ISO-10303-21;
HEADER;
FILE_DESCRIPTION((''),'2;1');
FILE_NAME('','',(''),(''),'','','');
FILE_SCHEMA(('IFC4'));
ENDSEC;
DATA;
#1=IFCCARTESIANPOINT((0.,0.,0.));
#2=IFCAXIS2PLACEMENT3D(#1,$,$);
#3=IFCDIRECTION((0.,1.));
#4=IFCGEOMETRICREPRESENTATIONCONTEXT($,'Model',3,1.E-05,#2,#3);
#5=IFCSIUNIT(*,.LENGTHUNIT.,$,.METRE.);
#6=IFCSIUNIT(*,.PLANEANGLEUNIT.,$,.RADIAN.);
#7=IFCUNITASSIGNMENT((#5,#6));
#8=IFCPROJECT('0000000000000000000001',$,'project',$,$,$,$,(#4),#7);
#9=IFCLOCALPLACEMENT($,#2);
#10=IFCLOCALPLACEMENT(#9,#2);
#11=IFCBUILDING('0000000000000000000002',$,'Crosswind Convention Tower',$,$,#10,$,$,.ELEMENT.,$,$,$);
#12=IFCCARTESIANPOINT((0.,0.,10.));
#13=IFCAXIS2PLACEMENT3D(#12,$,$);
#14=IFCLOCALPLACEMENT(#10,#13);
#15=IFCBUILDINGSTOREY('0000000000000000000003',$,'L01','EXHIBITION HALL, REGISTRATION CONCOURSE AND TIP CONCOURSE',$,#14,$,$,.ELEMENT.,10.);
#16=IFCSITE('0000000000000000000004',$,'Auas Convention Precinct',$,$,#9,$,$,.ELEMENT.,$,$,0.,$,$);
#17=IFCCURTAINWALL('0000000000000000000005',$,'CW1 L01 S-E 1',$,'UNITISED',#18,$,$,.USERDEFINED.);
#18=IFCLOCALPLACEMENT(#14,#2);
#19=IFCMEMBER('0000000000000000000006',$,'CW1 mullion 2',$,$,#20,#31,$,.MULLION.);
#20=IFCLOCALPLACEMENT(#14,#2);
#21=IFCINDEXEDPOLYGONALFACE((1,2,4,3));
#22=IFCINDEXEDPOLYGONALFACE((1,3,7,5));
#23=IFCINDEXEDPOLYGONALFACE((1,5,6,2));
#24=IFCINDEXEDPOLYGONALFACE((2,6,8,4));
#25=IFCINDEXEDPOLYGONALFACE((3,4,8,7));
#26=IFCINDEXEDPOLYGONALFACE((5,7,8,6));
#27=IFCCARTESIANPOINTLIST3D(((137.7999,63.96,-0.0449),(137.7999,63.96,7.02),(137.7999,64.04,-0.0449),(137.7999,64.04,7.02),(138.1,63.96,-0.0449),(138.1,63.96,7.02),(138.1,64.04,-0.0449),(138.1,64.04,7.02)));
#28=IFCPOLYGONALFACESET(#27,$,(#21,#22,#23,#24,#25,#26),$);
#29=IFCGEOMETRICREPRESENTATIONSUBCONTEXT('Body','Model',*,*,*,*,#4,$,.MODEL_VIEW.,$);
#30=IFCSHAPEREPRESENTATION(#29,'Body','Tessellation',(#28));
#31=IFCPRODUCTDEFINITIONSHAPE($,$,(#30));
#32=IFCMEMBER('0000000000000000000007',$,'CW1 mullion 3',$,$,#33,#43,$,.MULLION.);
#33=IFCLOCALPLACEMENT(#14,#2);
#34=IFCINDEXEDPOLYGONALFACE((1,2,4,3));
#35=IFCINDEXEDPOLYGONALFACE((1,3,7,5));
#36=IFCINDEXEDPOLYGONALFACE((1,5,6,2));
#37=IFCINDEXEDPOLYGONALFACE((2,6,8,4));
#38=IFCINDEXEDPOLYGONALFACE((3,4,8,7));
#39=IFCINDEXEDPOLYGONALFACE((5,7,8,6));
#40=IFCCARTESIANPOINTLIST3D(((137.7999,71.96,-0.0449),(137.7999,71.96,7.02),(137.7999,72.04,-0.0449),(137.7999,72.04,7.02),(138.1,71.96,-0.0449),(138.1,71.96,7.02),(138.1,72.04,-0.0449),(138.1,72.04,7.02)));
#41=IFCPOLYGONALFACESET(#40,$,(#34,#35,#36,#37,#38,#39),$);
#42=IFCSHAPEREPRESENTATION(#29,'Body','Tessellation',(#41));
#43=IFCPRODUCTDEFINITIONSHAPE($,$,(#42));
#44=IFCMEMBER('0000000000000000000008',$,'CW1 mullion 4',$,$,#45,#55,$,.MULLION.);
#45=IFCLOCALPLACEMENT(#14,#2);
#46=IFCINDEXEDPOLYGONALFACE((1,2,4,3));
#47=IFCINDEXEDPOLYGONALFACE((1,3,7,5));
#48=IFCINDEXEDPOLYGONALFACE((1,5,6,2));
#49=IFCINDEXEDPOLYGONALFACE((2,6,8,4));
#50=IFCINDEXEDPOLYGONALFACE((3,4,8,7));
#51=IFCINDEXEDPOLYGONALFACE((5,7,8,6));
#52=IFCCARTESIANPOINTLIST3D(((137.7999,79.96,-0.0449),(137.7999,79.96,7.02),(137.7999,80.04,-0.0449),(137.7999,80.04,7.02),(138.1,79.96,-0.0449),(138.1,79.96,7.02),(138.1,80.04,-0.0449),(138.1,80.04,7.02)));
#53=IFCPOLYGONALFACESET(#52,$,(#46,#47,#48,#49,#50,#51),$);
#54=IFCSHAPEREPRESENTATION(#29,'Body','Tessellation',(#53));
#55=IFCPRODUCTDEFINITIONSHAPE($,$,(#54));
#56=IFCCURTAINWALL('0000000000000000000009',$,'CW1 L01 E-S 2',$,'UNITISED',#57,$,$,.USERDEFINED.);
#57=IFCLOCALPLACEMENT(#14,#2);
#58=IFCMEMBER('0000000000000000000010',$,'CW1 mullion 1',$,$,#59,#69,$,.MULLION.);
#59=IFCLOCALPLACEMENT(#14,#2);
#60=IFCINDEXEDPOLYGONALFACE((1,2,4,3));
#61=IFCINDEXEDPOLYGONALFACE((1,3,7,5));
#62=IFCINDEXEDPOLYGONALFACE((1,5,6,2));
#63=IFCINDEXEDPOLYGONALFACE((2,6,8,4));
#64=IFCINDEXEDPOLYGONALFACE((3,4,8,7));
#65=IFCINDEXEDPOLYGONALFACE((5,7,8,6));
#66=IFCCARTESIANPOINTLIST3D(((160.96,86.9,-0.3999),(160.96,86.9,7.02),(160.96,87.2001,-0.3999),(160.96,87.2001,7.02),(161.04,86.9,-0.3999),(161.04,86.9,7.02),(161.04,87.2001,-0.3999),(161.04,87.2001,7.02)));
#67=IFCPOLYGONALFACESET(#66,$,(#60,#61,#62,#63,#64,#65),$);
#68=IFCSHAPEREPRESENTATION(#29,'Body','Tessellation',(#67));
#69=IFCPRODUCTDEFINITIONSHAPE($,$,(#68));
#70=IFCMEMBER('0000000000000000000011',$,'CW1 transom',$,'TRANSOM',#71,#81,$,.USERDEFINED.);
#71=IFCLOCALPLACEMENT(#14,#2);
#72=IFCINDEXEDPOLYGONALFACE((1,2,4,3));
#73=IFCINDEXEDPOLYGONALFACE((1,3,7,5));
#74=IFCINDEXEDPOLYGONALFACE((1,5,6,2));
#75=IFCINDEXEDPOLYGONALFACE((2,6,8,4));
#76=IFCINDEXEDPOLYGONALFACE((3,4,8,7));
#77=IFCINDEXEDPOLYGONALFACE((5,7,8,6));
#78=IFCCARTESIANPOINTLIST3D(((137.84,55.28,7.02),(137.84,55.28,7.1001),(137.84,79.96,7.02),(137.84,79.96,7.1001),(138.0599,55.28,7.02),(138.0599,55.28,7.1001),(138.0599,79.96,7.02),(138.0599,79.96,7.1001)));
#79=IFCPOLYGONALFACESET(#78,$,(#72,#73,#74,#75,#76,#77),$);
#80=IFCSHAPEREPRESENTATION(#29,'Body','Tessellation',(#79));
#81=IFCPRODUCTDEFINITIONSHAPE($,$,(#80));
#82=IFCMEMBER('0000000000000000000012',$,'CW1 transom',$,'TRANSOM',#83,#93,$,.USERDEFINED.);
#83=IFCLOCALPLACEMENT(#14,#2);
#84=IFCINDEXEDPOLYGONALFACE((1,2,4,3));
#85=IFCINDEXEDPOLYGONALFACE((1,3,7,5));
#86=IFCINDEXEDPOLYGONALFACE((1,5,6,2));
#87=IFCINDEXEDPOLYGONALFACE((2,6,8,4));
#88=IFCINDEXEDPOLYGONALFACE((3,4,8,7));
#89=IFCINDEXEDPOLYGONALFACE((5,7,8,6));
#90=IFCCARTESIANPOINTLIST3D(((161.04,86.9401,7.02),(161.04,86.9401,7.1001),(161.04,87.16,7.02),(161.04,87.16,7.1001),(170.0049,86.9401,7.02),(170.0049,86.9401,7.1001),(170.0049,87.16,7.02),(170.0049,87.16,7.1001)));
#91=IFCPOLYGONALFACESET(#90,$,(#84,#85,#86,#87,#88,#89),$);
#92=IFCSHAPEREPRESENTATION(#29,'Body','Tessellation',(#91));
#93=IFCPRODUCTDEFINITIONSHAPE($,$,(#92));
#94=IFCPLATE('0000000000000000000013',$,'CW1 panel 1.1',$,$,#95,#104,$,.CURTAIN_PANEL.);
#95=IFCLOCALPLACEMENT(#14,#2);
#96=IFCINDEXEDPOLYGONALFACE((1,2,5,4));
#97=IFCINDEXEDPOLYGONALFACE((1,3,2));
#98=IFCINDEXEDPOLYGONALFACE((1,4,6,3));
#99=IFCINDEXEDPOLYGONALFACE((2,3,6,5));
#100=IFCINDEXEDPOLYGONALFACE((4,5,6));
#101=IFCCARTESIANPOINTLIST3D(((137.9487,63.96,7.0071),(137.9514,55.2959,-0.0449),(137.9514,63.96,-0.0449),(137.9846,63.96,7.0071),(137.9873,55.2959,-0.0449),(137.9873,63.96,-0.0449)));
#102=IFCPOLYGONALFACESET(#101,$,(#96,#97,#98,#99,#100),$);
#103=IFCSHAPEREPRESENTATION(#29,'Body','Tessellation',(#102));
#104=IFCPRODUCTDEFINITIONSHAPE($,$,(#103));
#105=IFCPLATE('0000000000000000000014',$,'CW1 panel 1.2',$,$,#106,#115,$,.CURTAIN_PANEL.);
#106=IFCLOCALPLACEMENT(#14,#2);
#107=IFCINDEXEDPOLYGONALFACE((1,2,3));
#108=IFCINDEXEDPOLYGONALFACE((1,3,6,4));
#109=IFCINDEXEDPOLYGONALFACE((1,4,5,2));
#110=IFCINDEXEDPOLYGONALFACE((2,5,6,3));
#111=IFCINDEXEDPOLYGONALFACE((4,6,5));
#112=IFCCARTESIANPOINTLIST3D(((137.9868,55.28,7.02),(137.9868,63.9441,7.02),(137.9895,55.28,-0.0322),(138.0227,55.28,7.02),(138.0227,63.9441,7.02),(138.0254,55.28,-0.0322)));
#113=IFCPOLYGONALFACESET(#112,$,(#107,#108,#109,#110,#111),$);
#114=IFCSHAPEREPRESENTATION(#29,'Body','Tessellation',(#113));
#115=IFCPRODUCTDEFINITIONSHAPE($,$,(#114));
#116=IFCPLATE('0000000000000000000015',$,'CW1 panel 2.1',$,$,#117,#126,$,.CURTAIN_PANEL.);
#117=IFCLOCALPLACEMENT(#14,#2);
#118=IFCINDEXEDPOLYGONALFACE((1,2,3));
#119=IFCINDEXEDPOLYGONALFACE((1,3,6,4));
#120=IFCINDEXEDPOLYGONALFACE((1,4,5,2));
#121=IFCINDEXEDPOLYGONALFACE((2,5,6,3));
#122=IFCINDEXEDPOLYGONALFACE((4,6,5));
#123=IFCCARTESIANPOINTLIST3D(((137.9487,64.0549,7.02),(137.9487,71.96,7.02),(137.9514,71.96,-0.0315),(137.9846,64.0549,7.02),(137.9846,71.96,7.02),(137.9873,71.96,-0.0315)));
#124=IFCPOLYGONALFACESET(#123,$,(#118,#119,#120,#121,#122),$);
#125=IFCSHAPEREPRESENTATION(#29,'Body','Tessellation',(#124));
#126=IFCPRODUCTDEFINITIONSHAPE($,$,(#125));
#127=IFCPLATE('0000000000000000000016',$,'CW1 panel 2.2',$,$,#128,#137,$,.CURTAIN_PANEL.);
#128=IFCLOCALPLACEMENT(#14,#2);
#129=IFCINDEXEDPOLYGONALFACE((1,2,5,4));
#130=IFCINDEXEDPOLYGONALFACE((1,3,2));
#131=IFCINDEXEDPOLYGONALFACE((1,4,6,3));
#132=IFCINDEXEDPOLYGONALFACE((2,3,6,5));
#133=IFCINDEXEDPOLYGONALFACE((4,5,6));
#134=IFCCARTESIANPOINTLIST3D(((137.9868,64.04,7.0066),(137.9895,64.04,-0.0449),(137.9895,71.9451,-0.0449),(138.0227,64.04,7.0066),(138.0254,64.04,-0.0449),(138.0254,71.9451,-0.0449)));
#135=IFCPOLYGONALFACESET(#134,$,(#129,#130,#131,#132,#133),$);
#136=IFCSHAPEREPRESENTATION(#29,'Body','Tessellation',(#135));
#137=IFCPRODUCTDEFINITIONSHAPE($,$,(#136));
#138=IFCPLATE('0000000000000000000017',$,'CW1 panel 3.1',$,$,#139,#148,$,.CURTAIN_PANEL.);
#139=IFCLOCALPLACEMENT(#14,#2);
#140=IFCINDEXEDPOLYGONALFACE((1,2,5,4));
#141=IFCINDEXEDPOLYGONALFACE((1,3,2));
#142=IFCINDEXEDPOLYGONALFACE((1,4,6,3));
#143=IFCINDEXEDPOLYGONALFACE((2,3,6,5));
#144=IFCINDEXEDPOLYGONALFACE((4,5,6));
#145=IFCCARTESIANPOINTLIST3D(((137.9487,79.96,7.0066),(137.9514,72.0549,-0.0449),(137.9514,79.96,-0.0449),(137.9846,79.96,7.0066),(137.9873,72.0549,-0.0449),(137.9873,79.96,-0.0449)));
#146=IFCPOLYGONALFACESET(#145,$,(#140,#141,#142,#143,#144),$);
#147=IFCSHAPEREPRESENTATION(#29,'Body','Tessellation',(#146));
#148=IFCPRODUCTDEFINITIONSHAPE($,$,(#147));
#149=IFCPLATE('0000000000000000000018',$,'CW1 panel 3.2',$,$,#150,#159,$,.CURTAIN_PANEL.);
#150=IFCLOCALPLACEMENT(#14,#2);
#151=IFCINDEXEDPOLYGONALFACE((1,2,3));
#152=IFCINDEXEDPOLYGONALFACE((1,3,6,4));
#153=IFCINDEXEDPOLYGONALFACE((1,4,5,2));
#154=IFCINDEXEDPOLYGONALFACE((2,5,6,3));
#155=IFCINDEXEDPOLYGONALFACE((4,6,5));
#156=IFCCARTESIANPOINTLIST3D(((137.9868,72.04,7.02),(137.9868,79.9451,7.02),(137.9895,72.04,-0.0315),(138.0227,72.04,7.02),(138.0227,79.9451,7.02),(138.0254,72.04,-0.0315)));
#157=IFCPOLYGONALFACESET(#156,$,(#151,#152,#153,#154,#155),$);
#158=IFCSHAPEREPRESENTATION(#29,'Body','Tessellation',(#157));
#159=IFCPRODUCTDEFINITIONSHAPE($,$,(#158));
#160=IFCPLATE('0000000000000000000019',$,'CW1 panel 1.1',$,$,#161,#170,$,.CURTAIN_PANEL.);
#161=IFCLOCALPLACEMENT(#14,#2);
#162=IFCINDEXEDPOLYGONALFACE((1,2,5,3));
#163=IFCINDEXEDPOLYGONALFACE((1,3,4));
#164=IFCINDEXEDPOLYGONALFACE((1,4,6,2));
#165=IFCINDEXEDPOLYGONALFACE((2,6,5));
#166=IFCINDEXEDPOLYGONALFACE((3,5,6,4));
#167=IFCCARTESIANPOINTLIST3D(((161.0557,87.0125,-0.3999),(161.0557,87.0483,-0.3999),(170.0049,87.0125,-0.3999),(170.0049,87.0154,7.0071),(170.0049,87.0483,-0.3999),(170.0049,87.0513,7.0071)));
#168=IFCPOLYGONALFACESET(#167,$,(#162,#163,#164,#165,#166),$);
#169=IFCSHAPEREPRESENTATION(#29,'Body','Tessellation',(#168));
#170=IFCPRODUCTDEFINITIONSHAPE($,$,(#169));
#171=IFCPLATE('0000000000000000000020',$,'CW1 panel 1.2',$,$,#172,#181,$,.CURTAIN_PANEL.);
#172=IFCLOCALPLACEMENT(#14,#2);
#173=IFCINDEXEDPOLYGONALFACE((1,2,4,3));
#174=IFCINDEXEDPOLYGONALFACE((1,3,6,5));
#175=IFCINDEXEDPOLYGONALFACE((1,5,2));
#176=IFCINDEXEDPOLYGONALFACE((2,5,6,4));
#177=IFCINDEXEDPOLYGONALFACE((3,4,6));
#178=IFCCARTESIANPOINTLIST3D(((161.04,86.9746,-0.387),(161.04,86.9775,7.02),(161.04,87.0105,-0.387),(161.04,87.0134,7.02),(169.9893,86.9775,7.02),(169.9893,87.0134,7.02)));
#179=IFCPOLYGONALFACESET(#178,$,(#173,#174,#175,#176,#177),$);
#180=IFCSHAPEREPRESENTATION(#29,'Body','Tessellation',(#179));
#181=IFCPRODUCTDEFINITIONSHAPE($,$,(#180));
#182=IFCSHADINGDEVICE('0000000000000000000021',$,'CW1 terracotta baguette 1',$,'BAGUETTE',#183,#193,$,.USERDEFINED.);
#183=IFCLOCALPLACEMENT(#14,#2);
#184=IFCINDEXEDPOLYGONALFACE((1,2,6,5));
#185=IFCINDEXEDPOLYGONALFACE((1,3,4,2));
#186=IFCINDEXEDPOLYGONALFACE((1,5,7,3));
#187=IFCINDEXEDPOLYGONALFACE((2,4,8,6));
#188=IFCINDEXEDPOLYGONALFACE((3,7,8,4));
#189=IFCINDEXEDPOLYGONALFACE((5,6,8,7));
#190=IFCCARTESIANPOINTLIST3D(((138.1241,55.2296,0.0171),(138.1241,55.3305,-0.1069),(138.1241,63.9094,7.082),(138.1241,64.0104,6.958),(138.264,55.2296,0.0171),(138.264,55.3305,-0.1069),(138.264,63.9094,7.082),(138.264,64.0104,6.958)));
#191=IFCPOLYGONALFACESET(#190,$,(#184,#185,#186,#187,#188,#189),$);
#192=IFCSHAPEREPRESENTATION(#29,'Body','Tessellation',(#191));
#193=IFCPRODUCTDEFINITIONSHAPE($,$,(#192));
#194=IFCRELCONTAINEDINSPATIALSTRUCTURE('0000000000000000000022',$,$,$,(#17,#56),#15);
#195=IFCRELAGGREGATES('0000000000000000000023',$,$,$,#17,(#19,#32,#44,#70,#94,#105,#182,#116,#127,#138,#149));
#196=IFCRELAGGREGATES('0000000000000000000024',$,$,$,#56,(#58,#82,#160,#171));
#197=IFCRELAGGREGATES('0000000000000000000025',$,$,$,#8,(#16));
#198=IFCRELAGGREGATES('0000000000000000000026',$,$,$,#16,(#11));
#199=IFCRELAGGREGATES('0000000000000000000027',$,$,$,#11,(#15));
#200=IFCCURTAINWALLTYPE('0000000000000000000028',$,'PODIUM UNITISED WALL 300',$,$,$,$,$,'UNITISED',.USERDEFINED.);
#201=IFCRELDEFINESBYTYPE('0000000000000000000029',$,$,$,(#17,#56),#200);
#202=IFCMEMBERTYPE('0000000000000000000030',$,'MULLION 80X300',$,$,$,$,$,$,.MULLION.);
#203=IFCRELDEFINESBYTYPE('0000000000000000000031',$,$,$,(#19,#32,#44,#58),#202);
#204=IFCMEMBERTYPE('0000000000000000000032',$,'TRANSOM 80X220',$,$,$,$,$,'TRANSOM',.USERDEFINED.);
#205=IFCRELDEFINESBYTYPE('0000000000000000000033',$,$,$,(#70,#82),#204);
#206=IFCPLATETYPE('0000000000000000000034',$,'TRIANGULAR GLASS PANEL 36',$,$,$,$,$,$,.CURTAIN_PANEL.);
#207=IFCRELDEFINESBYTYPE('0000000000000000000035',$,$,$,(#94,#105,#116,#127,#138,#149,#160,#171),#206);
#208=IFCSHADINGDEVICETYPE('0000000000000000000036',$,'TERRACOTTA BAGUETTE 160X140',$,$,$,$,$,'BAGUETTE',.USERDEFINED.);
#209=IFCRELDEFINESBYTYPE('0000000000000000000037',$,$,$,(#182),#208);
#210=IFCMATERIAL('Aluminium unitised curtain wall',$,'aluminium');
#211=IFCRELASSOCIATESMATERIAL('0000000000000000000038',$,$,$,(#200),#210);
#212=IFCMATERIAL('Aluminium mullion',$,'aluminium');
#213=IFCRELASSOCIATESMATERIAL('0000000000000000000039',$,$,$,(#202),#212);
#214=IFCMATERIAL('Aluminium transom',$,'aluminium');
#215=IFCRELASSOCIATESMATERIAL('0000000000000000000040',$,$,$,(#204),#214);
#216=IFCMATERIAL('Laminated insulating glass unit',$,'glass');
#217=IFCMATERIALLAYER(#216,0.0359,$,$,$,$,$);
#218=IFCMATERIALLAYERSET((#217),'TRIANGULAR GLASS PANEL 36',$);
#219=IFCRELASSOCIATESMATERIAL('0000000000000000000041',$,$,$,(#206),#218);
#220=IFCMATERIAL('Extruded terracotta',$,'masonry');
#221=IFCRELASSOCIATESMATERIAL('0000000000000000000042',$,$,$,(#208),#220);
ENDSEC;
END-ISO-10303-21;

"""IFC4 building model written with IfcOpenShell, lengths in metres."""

from ifc_helpers import new_model, si_unit, direction, frame, origin, origin_2d, place, context, subcontext, project, spatial, polyline, rectangle, outline, extrude, material, layer, layer_set, material_profile, profile_set, type_object, element, aggregate, save


model = new_model("IFC4")

# Units and contexts
model_context = context("Model", 3, precision=1e-05, world=origin(), true_north=direction((0.0, 1.0)))
body_context = subcontext(model_context, "Body", "Model", "MODEL_VIEW")
ifc_project = project(units=[si_unit("LENGTHUNIT", "METRE"), si_unit("PLANEANGLEUNIT", "RADIAN")], contexts=[model_context])

# Site, building, storey
site_placement = place(None, origin())
site = spatial("IfcSite", under=ifc_project, at=site_placement, Name="Auas Convention Precinct", CompositionType="ELEMENT", RefElevation=0.0)
building_placement = place(site_placement, origin())
building = spatial("IfcBuilding", under=site, at=building_placement, Name="Crosswind Convention Tower", CompositionType="ELEMENT")
storey_placement = place(building_placement, frame((0.0, 0.0, 10.0)))
storey = spatial("IfcBuildingStorey", under=building, at=storey_placement, Name="L01", Description="EXHIBITION HALL, REGISTRATION CONCOURSE AND TIP CONCOURSE", CompositionType="ELEMENT", Elevation=10.0)

# Curtain wall, members
ifc_material_1 = material(Name="Aluminium unitised curtain wall", Category="aluminium")
curtain_wall_type = type_object("IfcCurtainWallType", Name="PODIUM UNITISED WALL 300", ElementType="UNITISED", PredefinedType="USERDEFINED", material=ifc_material_1)
curtain_wall_1_placement = place(storey_placement, origin())
curtain_wall_1 = element("IfcCurtainWall", 1, at=curtain_wall_1_placement, inside=storey, type_object=curtain_wall_type, Name="CW1 L01 S-E 1", ObjectType="UNITISED", PredefinedType="USERDEFINED")
ifc_material_2 = material(Name="Aluminium mullion", Category="aluminium")
ifc_material_profile_1 = material_profile(ifc_material_2, rectangle(XDim=0.3, YDim=0.0801, at=origin_2d()), Name="AL 300X80")
ifc_profile_set_1 = profile_set([ifc_material_profile_1], Name="Aluminium mullion")
member_type_1 = type_object("IfcMemberType", Name="MULLION 80X300", PredefinedType="MULLION", material=ifc_profile_set_1)
member_1_placement = place(storey_placement, frame((137.95, 64.0, -0.0449), z_axis=(0.0, 0.0, 1.0), x_axis=(1.0, 0.0, 0.0)))
member_1 = element("IfcMember", 2, at=member_1_placement, type_object=member_type_1, Name="CW1 mullion 2", PredefinedType="MULLION", context=body_context, shape_type="SweptSolid", body=[
    extrude(rectangle(XDim=0.3, YDim=0.0801, at=origin_2d()), origin(), (0.0, 0.0, 1.0), 7.0649),
])
member_2_placement = place(storey_placement, frame((137.95, 72.0, -0.0449), z_axis=(0.0, 0.0, 1.0), x_axis=(1.0, 0.0, 0.0)))
member_2 = element("IfcMember", 3, at=member_2_placement, type_object=member_type_1, Name="CW1 mullion 3", PredefinedType="MULLION", context=body_context, shape_type="SweptSolid", body=[
    extrude(rectangle(XDim=0.3, YDim=0.0801, at=origin_2d()), origin(), (0.0, 0.0, 1.0), 7.0649),
])
member_3_placement = place(storey_placement, frame((137.95, 80.0, -0.0449), z_axis=(0.0, 0.0, 1.0), x_axis=(1.0, 0.0, 0.0)))
member_3 = element("IfcMember", 4, at=member_3_placement, type_object=member_type_1, Name="CW1 mullion 4", PredefinedType="MULLION", context=body_context, shape_type="SweptSolid", body=[
    extrude(rectangle(XDim=0.3, YDim=0.0801, at=origin_2d()), origin(), (0.0, 0.0, 1.0), 7.0649),
])

# Curtain wall, member
curtain_wall_2_placement = place(storey_placement, origin())
curtain_wall_2 = element("IfcCurtainWall", 5, at=curtain_wall_2_placement, inside=storey, type_object=curtain_wall_type, Name="CW1 L01 E-S 2", ObjectType="UNITISED", PredefinedType="USERDEFINED")
member_4_placement = place(storey_placement, frame((161.0, 87.05, -0.3999), z_axis=(0.0, 0.0, 1.0), x_axis=(0.0, -1.0, 0.0)))
member_4 = element("IfcMember", 6, at=member_4_placement, type_object=member_type_1, Name="CW1 mullion 1", PredefinedType="MULLION", context=body_context, shape_type="SweptSolid", body=[
    extrude(rectangle(XDim=0.3, YDim=0.0801, at=origin_2d()), origin(), (0.0, 0.0, 1.0), 7.4199),
])

# Members
ifc_material_3 = material(Name="Aluminium transom", Category="aluminium")
ifc_material_profile_2 = material_profile(ifc_material_3, rectangle(XDim=0.22, YDim=0.0801, at=origin_2d()), Name="AL 220X80")
ifc_profile_set_2 = profile_set([ifc_material_profile_2], Name="Aluminium transom")
member_type_2 = type_object("IfcMemberType", Name="TRANSOM 80X220", ElementType="TRANSOM", PredefinedType="USERDEFINED", material=ifc_profile_set_2)
member_5_placement = place(storey_placement, frame((137.95, 55.28, 7.0601), z_axis=(0.0, 1.0, 0.0), x_axis=(-1.0, 0.0, 0.0)))
member_5 = element("IfcMember", 7, at=member_5_placement, type_object=member_type_2, Name="CW1 transom", ObjectType="TRANSOM", PredefinedType="USERDEFINED", context=body_context, shape_type="SweptSolid", body=[
    extrude(rectangle(XDim=0.22, YDim=0.0801, at=origin_2d()), origin(), (0.0, 0.0, 1.0), 24.6799),
])
member_6_placement = place(storey_placement, frame((161.04, 87.05, 7.0601), z_axis=(1.0, 0.0, 0.0), x_axis=(0.0, 1.0, 0.0)))
member_6 = element("IfcMember", 8, at=member_6_placement, type_object=member_type_2, Name="CW1 transom", ObjectType="TRANSOM", PredefinedType="USERDEFINED", context=body_context, shape_type="SweptSolid", body=[
    extrude(rectangle(XDim=0.22, YDim=0.0801, at=origin_2d()), origin(), (0.0, 0.0, 1.0), 8.9648),
])

# Plates
ifc_material_4 = material(Name="Laminated insulating glass unit", Category="glass")
ifc_layer = layer(ifc_material_4, 0.0359)
ifc_layer_set = layer_set([ifc_layer], Name="TRIANGULAR GLASS PANEL 36")
plate_type = type_object("IfcPlateType", Name="TRIANGULAR GLASS PANEL 36", PredefinedType="CURTAIN_PANEL", material=ifc_layer_set)
plate_1_placement = place(storey_placement, frame((137.9873, 63.96, -0.0449), z_axis=(1.0, 0.0, 0.000381), x_axis=(-0.000381, 0.0, 1.0)))
plate_1 = element("IfcPlate", 9, at=plate_1_placement, type_object=plate_type, Name="CW1 panel 1.1", PredefinedType="CURTAIN_PANEL", context=body_context, shape_type="SweptSolid", body=[
    extrude(outline(polyline([(0.0, 0.0), (7.052, 0.0), (0.0, 8.6641), (0.0, 0.0)])), origin(), (0.0, 0.0, -1.0), 0.0359),
])
plate_2_placement = place(storey_placement, frame((138.0227, 55.28, 7.02), z_axis=(1.0, 0.0, 0.000381), x_axis=(0.000381, 0.0, -1.0)))
plate_2 = element("IfcPlate", 10, at=plate_2_placement, type_object=plate_type, Name="CW1 panel 1.2", PredefinedType="CURTAIN_PANEL", context=body_context, shape_type="SweptSolid", body=[
    extrude(outline(polyline([(0.0, 0.0), (7.0522, 0.0), (0.0, 8.6641), (0.0, 0.0)])), origin(), (0.0, 0.0, -1.0), 0.0359),
])
plate_3_placement = place(storey_placement, frame((137.9846, 71.96, 7.02), z_axis=(1.0, 0.0, 0.000381), x_axis=(0.0, -1.0, 0.0)))
plate_3 = element("IfcPlate", 11, at=plate_3_placement, type_object=plate_type, Name="CW1 panel 2.1", PredefinedType="CURTAIN_PANEL", context=body_context, shape_type="SweptSolid", body=[
    extrude(outline(polyline([(0.0, 0.0), (7.905, 0.0), (0.0, 7.0515), (0.0, 0.0)])), origin(), (0.0, 0.0, -1.0), 0.0359),
])
plate_4_placement = place(storey_placement, frame((138.0254, 64.04, -0.0449), z_axis=(1.0, 0.0, 0.000381), x_axis=(0.0, 1.0, 0.0)))
plate_4 = element("IfcPlate", 12, at=plate_4_placement, type_object=plate_type, Name="CW1 panel 2.2", PredefinedType="CURTAIN_PANEL", context=body_context, shape_type="SweptSolid", body=[
    extrude(outline(polyline([(0.0, 0.0), (7.905, 0.0), (0.0, 7.0515), (0.0, 0.0)])), origin(), (0.0, 0.0, -1.0), 0.0359),
])
plate_5_placement = place(storey_placement, frame((137.9873, 79.96, -0.0449), z_axis=(1.0, 0.0, 0.000381), x_axis=(-0.000381, 0.0, 1.0)))
plate_5 = element("IfcPlate", 13, at=plate_5_placement, type_object=plate_type, Name="CW1 panel 3.1", PredefinedType="CURTAIN_PANEL", context=body_context, shape_type="SweptSolid", body=[
    extrude(outline(polyline([(0.0, 0.0), (7.0515, 0.0), (0.0, 7.905), (0.0, 0.0)])), origin(), (0.0, 0.0, -1.0), 0.0359),
])
plate_6_placement = place(storey_placement, frame((138.0227, 72.04, 7.02), z_axis=(1.0, 0.0, 0.000381), x_axis=(0.000381, 0.0, -1.0)))
plate_6 = element("IfcPlate", 14, at=plate_6_placement, type_object=plate_type, Name="CW1 panel 3.2", PredefinedType="CURTAIN_PANEL", context=body_context, shape_type="SweptSolid", body=[
    extrude(outline(polyline([(0.0, 0.0), (7.0515, 0.0), (0.0, 7.905), (0.0, 0.0)])), origin(), (0.0, 0.0, -1.0), 0.0359),
])
plate_7_placement = place(storey_placement, frame((170.0049, 87.0125, -0.3999), z_axis=(0.0, -1.0, 0.000396), x_axis=(0.0, 0.000396, 1.0)))
plate_7 = element("IfcPlate", 15, at=plate_7_placement, type_object=plate_type, Name="CW1 panel 1.1", PredefinedType="CURTAIN_PANEL", context=body_context, shape_type="SweptSolid", body=[
    extrude(outline(polyline([(0.0, 0.0), (7.407, 0.0), (0.0, 8.9492), (0.0, 0.0)])), origin(), (0.0, 0.0, -1.0), 0.0359),
])
plate_8_placement = place(storey_placement, frame((161.04, 86.9775, 7.02), z_axis=(0.0, -1.0, 0.000396), x_axis=(0.0, -0.000396, -1.0)))
plate_8 = element("IfcPlate", 16, at=plate_8_placement, type_object=plate_type, Name="CW1 panel 1.2", PredefinedType="CURTAIN_PANEL", context=body_context, shape_type="SweptSolid", body=[
    extrude(outline(polyline([(0.0, 0.0), (7.407, 0.0), (0.0, 8.9492), (0.0, 0.0)])), origin(), (0.0, 0.0, -1.0), 0.0359),
])

# Shading device
ifc_material_5 = material(Name="Extruded terracotta", Category="masonry")
ifc_material_profile_3 = material_profile(ifc_material_5, rectangle(XDim=0.1399, YDim=0.1599, at=origin_2d()), Name="TC 140X160")
ifc_profile_set_3 = profile_set([ifc_material_profile_3], Name="Extruded terracotta")
shading_device_type = type_object("IfcShadingDeviceType", Name="TERRACOTTA BAGUETTE 160X140", ElementType="BAGUETTE", PredefinedType="USERDEFINED", material=ifc_profile_set_3)
shading_device_1_placement = place(storey_placement, frame((138.1941, 55.28, -0.0449), z_axis=(0.0, 0.775567, 0.631265), x_axis=(-1.0, 0.0, 0.0)))
shading_device_1 = element("IfcShadingDevice", 17, at=shading_device_1_placement, type_object=shading_device_type, Name="CW1 terracotta baguette 1", ObjectType="BAGUETTE", PredefinedType="USERDEFINED", context=body_context, shape_type="SweptSolid", body=[
    extrude(rectangle(XDim=0.1399, YDim=0.1599, at=origin_2d()), origin(), (0.0, 0.0, 1.0), 11.1917),
])
aggregate(curtain_wall_1, [member_1, member_2, member_3, member_5, plate_1, plate_2, shading_device_1, plate_3, plate_4, plate_5, plate_6])
aggregate(curtain_wall_2, [member_4, member_6, plate_7, plate_8])

save(model, "model.ifc")
